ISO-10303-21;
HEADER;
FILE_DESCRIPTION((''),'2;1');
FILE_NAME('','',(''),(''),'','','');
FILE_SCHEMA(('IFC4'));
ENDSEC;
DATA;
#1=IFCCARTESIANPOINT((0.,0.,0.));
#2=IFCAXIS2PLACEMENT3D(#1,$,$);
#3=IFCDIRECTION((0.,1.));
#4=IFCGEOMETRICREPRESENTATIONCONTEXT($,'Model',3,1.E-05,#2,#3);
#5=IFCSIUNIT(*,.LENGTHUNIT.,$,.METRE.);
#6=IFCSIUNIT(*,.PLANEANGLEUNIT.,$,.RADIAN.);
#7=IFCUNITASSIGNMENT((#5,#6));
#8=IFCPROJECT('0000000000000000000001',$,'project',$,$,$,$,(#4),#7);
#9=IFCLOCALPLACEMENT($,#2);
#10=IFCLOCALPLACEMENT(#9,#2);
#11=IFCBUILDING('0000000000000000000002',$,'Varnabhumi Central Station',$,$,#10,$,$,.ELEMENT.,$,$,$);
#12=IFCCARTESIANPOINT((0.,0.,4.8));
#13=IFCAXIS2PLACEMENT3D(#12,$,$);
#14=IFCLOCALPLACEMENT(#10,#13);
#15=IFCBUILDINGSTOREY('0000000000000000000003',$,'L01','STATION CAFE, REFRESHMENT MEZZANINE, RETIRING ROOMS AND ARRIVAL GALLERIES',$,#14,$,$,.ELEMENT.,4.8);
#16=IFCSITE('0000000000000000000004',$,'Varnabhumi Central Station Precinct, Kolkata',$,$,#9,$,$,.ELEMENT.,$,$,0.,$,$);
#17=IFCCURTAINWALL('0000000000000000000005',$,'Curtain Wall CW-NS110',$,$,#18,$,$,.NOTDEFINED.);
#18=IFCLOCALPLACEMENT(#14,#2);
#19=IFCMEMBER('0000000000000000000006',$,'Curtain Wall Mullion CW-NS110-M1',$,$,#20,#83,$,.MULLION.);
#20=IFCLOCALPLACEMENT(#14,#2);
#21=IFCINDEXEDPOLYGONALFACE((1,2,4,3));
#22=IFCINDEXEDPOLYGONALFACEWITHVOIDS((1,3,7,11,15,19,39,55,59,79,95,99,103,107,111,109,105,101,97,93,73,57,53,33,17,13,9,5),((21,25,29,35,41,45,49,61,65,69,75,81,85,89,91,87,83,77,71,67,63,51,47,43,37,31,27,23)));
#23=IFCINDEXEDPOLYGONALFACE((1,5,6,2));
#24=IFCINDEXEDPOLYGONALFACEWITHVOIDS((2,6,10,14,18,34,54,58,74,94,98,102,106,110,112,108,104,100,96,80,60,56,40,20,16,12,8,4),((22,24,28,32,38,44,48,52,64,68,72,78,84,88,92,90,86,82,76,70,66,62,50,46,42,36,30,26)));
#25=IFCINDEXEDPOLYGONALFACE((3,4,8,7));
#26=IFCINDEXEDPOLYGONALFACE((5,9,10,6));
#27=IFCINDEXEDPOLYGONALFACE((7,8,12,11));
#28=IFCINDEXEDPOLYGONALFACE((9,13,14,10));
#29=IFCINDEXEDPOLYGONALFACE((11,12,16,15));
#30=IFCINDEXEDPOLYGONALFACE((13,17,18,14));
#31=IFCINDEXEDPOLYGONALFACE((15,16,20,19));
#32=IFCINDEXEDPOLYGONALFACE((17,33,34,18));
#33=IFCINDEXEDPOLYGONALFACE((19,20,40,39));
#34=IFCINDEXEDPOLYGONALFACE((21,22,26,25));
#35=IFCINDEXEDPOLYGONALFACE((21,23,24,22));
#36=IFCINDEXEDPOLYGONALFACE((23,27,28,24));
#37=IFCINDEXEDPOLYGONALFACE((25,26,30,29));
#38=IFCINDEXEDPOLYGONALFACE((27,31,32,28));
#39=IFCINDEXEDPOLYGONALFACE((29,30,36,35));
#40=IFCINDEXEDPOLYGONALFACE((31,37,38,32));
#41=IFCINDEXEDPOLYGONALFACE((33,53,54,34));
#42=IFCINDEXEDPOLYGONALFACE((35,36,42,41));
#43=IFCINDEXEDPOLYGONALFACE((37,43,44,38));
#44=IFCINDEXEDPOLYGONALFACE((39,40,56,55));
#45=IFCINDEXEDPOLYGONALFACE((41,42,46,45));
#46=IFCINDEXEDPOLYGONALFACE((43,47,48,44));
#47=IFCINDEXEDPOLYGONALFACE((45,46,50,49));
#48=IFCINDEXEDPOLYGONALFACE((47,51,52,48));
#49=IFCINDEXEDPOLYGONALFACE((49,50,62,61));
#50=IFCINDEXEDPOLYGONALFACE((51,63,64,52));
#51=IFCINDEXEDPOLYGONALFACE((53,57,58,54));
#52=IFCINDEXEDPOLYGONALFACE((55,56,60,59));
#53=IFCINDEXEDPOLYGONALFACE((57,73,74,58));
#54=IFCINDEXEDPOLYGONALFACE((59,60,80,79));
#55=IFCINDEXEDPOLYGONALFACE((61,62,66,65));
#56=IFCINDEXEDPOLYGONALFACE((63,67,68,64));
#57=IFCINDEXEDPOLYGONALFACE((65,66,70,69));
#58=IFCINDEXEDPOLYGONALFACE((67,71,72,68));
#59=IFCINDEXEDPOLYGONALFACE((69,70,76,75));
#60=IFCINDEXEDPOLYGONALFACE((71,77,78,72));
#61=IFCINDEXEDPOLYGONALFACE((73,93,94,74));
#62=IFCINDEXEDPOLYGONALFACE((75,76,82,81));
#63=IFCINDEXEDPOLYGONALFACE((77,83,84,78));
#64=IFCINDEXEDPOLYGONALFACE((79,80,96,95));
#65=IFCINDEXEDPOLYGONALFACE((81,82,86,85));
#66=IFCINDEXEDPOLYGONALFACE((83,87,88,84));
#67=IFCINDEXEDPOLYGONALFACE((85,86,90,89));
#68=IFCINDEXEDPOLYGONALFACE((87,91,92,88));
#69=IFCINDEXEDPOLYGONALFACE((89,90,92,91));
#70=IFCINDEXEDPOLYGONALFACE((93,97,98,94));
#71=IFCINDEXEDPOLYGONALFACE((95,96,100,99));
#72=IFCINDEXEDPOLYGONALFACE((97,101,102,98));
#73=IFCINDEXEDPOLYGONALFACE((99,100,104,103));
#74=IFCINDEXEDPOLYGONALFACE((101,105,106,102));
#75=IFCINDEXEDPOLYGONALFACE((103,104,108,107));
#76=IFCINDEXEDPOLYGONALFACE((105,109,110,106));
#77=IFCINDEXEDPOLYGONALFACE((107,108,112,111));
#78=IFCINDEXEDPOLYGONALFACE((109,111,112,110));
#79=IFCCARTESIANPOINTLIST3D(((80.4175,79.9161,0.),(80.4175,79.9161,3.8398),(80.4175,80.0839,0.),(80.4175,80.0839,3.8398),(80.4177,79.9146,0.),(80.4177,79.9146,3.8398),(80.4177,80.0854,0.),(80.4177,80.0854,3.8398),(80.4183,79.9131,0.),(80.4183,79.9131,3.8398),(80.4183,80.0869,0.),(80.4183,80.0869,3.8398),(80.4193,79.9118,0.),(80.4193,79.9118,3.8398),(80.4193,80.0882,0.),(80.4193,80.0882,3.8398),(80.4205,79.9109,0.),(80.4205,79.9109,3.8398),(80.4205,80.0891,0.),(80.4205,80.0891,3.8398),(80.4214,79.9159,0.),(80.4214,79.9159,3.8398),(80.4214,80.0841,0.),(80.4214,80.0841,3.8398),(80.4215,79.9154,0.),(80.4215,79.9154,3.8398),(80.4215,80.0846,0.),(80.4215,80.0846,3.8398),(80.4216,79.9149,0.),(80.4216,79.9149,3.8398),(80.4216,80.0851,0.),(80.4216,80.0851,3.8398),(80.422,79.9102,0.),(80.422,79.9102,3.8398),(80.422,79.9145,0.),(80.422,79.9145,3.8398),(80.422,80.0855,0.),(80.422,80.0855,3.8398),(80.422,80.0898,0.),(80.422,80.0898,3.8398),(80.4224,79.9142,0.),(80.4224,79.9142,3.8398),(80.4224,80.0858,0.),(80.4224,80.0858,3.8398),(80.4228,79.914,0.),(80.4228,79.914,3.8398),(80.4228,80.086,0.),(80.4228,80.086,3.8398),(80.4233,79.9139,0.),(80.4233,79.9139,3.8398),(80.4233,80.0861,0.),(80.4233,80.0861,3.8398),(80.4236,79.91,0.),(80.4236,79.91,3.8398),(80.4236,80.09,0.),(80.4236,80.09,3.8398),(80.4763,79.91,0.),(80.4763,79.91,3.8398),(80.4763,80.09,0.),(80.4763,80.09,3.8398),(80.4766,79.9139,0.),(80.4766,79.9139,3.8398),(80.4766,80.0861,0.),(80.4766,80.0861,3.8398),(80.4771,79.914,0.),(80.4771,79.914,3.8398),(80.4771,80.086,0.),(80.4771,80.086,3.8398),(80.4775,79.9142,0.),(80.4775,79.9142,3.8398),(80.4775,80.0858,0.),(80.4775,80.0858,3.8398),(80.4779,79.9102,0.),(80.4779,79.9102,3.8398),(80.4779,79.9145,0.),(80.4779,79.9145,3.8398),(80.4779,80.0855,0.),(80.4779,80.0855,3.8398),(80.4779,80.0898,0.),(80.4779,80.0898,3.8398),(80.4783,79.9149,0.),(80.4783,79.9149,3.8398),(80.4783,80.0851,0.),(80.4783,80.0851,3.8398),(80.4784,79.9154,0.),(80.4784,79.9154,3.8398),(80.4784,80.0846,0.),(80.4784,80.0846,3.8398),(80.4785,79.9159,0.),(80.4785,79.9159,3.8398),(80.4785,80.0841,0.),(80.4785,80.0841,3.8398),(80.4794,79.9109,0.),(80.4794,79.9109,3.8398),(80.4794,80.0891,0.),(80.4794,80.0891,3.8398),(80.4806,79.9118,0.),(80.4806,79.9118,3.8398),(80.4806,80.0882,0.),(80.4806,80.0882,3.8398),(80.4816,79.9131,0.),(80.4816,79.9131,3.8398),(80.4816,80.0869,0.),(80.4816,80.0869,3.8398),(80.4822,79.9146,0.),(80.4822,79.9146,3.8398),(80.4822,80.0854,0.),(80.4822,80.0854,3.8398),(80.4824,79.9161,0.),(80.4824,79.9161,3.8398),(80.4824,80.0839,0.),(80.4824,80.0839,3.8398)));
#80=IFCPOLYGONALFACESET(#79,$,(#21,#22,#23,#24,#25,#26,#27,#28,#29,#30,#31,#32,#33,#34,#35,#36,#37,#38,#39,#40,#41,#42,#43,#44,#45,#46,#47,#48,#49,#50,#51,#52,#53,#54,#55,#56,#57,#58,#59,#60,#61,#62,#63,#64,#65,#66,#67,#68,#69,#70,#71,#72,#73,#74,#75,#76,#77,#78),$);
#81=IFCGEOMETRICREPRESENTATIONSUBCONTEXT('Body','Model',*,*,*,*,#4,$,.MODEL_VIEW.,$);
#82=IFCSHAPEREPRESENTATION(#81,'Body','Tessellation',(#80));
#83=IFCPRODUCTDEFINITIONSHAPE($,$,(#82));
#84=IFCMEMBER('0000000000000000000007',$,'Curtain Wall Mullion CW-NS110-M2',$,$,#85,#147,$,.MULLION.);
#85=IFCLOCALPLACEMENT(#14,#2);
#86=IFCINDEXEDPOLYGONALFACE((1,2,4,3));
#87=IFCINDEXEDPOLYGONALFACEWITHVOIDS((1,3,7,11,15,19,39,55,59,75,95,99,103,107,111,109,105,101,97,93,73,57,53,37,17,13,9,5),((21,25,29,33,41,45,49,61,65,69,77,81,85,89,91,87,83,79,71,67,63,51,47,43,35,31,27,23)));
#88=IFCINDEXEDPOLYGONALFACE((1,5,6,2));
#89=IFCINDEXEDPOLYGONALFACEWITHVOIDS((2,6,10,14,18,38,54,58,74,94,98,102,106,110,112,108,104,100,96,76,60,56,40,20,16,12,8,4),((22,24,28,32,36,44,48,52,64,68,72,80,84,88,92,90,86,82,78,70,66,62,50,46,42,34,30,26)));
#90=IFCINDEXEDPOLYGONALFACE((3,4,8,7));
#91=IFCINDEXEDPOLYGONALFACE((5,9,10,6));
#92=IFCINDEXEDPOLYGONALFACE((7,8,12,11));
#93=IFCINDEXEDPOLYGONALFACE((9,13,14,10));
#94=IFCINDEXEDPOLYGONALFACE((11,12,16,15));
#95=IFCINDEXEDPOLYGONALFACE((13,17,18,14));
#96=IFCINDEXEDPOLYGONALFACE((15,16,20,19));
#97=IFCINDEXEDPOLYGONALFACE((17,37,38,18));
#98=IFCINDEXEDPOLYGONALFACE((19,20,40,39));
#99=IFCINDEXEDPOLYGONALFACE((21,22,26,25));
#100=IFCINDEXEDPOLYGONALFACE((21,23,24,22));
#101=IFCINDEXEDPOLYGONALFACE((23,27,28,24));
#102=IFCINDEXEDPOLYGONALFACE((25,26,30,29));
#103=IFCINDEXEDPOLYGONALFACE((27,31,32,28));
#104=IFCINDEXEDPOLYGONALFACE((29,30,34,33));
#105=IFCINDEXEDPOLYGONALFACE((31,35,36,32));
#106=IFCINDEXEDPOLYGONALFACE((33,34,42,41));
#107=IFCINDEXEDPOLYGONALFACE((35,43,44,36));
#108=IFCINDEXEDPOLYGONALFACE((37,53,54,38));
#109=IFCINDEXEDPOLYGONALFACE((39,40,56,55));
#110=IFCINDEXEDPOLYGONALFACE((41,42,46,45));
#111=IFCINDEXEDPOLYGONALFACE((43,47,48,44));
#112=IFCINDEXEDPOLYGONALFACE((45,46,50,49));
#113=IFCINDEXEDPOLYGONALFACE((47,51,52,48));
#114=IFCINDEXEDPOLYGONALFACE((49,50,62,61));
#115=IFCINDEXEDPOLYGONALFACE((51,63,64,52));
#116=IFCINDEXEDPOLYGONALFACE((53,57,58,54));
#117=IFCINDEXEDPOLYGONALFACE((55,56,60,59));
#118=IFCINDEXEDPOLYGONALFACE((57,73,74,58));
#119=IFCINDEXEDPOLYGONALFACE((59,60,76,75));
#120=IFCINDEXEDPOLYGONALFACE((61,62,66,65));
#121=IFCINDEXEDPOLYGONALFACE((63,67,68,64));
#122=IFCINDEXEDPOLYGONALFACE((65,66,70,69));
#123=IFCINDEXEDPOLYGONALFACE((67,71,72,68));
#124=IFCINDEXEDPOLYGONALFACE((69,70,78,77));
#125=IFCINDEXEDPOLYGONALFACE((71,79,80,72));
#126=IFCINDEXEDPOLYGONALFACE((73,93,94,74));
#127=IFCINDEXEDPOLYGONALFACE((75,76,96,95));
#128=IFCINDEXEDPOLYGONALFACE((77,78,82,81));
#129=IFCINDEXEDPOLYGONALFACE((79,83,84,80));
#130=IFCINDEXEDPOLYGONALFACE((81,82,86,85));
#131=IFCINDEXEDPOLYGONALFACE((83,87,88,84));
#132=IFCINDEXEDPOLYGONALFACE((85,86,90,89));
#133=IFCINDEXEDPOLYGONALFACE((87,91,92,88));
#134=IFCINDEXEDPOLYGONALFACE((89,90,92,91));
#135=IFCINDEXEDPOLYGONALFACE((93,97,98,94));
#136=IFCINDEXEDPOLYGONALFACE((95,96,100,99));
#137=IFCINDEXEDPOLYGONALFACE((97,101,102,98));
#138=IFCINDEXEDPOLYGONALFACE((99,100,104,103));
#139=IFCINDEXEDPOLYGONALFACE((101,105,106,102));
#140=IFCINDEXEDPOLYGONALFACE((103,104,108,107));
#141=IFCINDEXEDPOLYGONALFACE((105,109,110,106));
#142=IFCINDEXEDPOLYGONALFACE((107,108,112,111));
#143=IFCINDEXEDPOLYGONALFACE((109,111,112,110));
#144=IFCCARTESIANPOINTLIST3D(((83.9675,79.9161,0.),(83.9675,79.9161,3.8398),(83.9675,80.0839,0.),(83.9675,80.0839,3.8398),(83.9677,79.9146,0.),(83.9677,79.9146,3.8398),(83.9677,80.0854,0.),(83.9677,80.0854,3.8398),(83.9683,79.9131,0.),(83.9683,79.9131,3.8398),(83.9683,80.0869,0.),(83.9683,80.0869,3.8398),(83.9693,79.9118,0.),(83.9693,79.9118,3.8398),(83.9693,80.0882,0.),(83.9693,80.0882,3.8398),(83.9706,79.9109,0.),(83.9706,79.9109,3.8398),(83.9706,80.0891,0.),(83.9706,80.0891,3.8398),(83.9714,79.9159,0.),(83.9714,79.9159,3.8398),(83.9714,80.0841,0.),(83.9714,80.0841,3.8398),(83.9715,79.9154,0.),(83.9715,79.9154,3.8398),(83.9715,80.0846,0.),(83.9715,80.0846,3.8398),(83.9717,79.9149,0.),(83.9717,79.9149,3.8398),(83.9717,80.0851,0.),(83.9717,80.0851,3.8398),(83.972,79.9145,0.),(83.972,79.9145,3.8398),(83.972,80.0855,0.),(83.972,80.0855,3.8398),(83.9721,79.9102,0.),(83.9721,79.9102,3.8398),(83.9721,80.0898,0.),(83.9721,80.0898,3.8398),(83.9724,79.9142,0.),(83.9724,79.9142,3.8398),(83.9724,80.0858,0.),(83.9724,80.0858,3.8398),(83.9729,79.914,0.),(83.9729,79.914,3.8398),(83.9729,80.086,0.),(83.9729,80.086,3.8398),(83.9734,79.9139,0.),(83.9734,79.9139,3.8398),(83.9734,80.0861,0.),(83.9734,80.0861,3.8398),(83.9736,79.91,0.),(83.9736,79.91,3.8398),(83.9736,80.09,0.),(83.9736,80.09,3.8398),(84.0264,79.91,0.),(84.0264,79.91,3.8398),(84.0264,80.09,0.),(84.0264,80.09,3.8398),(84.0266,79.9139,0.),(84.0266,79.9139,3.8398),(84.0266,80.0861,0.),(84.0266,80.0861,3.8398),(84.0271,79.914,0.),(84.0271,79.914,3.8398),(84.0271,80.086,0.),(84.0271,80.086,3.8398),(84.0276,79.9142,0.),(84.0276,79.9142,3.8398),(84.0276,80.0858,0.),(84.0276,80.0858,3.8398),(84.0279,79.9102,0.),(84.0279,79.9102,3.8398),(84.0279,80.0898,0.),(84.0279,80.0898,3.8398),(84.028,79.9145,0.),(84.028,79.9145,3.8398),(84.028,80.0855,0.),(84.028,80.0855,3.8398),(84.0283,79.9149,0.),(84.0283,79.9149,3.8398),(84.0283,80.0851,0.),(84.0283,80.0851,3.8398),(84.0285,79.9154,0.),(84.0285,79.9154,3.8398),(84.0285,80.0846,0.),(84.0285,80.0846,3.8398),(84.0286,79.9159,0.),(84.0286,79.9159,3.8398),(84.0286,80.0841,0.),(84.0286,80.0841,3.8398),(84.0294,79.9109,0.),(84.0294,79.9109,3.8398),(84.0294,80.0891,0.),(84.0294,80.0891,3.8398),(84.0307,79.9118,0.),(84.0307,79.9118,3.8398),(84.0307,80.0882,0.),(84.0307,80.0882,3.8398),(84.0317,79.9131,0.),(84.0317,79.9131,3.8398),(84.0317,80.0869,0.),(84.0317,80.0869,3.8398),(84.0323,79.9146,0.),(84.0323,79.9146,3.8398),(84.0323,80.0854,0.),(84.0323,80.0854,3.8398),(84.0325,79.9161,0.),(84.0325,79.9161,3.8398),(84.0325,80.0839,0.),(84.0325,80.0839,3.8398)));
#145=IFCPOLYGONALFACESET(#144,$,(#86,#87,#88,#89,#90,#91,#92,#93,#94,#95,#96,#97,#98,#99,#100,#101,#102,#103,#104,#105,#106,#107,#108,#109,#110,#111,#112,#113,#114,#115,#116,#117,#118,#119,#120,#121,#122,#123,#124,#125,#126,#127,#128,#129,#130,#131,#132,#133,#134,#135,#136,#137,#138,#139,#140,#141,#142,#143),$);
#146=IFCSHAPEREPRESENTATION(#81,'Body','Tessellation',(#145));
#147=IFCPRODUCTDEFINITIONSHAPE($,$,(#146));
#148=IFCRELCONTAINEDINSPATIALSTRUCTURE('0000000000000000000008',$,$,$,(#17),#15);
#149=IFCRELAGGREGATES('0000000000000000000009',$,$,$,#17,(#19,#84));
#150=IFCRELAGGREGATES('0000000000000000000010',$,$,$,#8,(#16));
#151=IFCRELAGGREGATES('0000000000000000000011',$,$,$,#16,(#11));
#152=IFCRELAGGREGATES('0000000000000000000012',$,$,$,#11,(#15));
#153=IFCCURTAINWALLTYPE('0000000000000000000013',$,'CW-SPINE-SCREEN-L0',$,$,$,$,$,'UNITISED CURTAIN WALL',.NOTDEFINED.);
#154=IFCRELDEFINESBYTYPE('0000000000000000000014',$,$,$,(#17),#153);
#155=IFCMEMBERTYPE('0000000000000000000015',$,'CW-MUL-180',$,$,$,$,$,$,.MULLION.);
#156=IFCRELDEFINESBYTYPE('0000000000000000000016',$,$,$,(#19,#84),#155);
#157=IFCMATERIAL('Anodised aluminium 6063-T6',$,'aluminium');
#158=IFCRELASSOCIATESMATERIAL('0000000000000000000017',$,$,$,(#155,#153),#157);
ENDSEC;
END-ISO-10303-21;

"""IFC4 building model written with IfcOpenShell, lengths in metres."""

from ifc_helpers import new_model, si_unit, direction, frame, origin, origin_2d, place, context, subcontext, project, spatial, hollow_rectangle, extrude, material, material_profile, profile_set, type_object, element, aggregate, save


model = new_model("IFC4")

# Units and contexts
model_context = context("Model", 3, precision=1e-05, world=origin(), true_north=direction((0.0, 1.0)))
body_context = subcontext(model_context, "Body", "Model", "MODEL_VIEW")
ifc_project = project(units=[si_unit("LENGTHUNIT", "METRE"), si_unit("PLANEANGLEUNIT", "RADIAN")], contexts=[model_context])

# Site, building, storey
site_placement = place(None, origin())
site = spatial("IfcSite", under=ifc_project, at=site_placement, Name="Varnabhumi Central Station Precinct, Kolkata", CompositionType="ELEMENT", RefElevation=0.0)
building_placement = place(site_placement, origin())
building = spatial("IfcBuilding", under=site, at=building_placement, Name="Varnabhumi Central Station", CompositionType="ELEMENT")
storey_placement = place(building_placement, frame((0.0, 0.0, 4.8)))
storey = spatial("IfcBuildingStorey", under=building, at=storey_placement, Name="L01", Description="STATION CAFE, REFRESHMENT MEZZANINE, RETIRING ROOMS AND ARRIVAL GALLERIES", CompositionType="ELEMENT", Elevation=4.8)

# Curtain wall, members
ifc_material_1 = material(Name="Anodised aluminium 6063-T6", Category="aluminium")
ifc_material_profile_1 = material_profile(ifc_material_1, hollow_rectangle(XDim=0.0649, YDim=0.1799, WallThickness=0.0039, InnerFilletRadius=0.002, OuterFilletRadius=0.0061, at=origin_2d()), Name="Anodised aluminium 6063-T6", Category="aluminium")
ifc_profile_set_1 = profile_set([ifc_material_profile_1], Name="Anodised aluminium 6063-T6")
member_type_1 = type_object("IfcMemberType", Name="CW-MUL-180", PredefinedType="MULLION", material=ifc_profile_set_1)
curtain_wall_type_1 = type_object("IfcCurtainWallType", Name="CW-SPINE-SCREEN-L0", ElementType="UNITISED CURTAIN WALL", PredefinedType="NOTDEFINED", material=ifc_material_1)
curtain_wall_1_placement = place(storey_placement, origin())
curtain_wall_1 = element("IfcCurtainWall", 1, at=curtain_wall_1_placement, inside=storey, type_object=curtain_wall_type_1, Name="Curtain Wall CW-NS110", PredefinedType="NOTDEFINED")
member_1_placement = place(storey_placement, frame((80.45, 80.0, 0.0), z_axis=(0.0, 0.0, 1.0), x_axis=(1.0, 0.0, 0.0)))
member_1 = element("IfcMember", 2, at=member_1_placement, type_object=member_type_1, Name="Curtain Wall Mullion CW-NS110-M1", PredefinedType="MULLION", context=body_context, shape_type="SweptSolid", body=[
    extrude(hollow_rectangle(XDim=0.0649, YDim=0.1799, WallThickness=0.0039, InnerFilletRadius=0.002, OuterFilletRadius=0.0061, at=origin_2d()), origin(), (0.0, 0.0, 1.0), 3.8398),
])
member_2_placement = place(storey_placement, frame((84.0, 80.0, 0.0), z_axis=(0.0, 0.0, 1.0), x_axis=(1.0, 0.0, 0.0)))
member_2 = element("IfcMember", 3, at=member_2_placement, type_object=member_type_1, Name="Curtain Wall Mullion CW-NS110-M2", PredefinedType="MULLION", context=body_context, shape_type="SweptSolid", body=[
    extrude(hollow_rectangle(XDim=0.0649, YDim=0.1799, WallThickness=0.0039, InnerFilletRadius=0.002, OuterFilletRadius=0.0061, at=origin_2d()), origin(), (0.0, 0.0, 1.0), 3.8398),
])

aggregate(curtain_wall_1, [member_1, member_2])

save(model, "model.ifc")
